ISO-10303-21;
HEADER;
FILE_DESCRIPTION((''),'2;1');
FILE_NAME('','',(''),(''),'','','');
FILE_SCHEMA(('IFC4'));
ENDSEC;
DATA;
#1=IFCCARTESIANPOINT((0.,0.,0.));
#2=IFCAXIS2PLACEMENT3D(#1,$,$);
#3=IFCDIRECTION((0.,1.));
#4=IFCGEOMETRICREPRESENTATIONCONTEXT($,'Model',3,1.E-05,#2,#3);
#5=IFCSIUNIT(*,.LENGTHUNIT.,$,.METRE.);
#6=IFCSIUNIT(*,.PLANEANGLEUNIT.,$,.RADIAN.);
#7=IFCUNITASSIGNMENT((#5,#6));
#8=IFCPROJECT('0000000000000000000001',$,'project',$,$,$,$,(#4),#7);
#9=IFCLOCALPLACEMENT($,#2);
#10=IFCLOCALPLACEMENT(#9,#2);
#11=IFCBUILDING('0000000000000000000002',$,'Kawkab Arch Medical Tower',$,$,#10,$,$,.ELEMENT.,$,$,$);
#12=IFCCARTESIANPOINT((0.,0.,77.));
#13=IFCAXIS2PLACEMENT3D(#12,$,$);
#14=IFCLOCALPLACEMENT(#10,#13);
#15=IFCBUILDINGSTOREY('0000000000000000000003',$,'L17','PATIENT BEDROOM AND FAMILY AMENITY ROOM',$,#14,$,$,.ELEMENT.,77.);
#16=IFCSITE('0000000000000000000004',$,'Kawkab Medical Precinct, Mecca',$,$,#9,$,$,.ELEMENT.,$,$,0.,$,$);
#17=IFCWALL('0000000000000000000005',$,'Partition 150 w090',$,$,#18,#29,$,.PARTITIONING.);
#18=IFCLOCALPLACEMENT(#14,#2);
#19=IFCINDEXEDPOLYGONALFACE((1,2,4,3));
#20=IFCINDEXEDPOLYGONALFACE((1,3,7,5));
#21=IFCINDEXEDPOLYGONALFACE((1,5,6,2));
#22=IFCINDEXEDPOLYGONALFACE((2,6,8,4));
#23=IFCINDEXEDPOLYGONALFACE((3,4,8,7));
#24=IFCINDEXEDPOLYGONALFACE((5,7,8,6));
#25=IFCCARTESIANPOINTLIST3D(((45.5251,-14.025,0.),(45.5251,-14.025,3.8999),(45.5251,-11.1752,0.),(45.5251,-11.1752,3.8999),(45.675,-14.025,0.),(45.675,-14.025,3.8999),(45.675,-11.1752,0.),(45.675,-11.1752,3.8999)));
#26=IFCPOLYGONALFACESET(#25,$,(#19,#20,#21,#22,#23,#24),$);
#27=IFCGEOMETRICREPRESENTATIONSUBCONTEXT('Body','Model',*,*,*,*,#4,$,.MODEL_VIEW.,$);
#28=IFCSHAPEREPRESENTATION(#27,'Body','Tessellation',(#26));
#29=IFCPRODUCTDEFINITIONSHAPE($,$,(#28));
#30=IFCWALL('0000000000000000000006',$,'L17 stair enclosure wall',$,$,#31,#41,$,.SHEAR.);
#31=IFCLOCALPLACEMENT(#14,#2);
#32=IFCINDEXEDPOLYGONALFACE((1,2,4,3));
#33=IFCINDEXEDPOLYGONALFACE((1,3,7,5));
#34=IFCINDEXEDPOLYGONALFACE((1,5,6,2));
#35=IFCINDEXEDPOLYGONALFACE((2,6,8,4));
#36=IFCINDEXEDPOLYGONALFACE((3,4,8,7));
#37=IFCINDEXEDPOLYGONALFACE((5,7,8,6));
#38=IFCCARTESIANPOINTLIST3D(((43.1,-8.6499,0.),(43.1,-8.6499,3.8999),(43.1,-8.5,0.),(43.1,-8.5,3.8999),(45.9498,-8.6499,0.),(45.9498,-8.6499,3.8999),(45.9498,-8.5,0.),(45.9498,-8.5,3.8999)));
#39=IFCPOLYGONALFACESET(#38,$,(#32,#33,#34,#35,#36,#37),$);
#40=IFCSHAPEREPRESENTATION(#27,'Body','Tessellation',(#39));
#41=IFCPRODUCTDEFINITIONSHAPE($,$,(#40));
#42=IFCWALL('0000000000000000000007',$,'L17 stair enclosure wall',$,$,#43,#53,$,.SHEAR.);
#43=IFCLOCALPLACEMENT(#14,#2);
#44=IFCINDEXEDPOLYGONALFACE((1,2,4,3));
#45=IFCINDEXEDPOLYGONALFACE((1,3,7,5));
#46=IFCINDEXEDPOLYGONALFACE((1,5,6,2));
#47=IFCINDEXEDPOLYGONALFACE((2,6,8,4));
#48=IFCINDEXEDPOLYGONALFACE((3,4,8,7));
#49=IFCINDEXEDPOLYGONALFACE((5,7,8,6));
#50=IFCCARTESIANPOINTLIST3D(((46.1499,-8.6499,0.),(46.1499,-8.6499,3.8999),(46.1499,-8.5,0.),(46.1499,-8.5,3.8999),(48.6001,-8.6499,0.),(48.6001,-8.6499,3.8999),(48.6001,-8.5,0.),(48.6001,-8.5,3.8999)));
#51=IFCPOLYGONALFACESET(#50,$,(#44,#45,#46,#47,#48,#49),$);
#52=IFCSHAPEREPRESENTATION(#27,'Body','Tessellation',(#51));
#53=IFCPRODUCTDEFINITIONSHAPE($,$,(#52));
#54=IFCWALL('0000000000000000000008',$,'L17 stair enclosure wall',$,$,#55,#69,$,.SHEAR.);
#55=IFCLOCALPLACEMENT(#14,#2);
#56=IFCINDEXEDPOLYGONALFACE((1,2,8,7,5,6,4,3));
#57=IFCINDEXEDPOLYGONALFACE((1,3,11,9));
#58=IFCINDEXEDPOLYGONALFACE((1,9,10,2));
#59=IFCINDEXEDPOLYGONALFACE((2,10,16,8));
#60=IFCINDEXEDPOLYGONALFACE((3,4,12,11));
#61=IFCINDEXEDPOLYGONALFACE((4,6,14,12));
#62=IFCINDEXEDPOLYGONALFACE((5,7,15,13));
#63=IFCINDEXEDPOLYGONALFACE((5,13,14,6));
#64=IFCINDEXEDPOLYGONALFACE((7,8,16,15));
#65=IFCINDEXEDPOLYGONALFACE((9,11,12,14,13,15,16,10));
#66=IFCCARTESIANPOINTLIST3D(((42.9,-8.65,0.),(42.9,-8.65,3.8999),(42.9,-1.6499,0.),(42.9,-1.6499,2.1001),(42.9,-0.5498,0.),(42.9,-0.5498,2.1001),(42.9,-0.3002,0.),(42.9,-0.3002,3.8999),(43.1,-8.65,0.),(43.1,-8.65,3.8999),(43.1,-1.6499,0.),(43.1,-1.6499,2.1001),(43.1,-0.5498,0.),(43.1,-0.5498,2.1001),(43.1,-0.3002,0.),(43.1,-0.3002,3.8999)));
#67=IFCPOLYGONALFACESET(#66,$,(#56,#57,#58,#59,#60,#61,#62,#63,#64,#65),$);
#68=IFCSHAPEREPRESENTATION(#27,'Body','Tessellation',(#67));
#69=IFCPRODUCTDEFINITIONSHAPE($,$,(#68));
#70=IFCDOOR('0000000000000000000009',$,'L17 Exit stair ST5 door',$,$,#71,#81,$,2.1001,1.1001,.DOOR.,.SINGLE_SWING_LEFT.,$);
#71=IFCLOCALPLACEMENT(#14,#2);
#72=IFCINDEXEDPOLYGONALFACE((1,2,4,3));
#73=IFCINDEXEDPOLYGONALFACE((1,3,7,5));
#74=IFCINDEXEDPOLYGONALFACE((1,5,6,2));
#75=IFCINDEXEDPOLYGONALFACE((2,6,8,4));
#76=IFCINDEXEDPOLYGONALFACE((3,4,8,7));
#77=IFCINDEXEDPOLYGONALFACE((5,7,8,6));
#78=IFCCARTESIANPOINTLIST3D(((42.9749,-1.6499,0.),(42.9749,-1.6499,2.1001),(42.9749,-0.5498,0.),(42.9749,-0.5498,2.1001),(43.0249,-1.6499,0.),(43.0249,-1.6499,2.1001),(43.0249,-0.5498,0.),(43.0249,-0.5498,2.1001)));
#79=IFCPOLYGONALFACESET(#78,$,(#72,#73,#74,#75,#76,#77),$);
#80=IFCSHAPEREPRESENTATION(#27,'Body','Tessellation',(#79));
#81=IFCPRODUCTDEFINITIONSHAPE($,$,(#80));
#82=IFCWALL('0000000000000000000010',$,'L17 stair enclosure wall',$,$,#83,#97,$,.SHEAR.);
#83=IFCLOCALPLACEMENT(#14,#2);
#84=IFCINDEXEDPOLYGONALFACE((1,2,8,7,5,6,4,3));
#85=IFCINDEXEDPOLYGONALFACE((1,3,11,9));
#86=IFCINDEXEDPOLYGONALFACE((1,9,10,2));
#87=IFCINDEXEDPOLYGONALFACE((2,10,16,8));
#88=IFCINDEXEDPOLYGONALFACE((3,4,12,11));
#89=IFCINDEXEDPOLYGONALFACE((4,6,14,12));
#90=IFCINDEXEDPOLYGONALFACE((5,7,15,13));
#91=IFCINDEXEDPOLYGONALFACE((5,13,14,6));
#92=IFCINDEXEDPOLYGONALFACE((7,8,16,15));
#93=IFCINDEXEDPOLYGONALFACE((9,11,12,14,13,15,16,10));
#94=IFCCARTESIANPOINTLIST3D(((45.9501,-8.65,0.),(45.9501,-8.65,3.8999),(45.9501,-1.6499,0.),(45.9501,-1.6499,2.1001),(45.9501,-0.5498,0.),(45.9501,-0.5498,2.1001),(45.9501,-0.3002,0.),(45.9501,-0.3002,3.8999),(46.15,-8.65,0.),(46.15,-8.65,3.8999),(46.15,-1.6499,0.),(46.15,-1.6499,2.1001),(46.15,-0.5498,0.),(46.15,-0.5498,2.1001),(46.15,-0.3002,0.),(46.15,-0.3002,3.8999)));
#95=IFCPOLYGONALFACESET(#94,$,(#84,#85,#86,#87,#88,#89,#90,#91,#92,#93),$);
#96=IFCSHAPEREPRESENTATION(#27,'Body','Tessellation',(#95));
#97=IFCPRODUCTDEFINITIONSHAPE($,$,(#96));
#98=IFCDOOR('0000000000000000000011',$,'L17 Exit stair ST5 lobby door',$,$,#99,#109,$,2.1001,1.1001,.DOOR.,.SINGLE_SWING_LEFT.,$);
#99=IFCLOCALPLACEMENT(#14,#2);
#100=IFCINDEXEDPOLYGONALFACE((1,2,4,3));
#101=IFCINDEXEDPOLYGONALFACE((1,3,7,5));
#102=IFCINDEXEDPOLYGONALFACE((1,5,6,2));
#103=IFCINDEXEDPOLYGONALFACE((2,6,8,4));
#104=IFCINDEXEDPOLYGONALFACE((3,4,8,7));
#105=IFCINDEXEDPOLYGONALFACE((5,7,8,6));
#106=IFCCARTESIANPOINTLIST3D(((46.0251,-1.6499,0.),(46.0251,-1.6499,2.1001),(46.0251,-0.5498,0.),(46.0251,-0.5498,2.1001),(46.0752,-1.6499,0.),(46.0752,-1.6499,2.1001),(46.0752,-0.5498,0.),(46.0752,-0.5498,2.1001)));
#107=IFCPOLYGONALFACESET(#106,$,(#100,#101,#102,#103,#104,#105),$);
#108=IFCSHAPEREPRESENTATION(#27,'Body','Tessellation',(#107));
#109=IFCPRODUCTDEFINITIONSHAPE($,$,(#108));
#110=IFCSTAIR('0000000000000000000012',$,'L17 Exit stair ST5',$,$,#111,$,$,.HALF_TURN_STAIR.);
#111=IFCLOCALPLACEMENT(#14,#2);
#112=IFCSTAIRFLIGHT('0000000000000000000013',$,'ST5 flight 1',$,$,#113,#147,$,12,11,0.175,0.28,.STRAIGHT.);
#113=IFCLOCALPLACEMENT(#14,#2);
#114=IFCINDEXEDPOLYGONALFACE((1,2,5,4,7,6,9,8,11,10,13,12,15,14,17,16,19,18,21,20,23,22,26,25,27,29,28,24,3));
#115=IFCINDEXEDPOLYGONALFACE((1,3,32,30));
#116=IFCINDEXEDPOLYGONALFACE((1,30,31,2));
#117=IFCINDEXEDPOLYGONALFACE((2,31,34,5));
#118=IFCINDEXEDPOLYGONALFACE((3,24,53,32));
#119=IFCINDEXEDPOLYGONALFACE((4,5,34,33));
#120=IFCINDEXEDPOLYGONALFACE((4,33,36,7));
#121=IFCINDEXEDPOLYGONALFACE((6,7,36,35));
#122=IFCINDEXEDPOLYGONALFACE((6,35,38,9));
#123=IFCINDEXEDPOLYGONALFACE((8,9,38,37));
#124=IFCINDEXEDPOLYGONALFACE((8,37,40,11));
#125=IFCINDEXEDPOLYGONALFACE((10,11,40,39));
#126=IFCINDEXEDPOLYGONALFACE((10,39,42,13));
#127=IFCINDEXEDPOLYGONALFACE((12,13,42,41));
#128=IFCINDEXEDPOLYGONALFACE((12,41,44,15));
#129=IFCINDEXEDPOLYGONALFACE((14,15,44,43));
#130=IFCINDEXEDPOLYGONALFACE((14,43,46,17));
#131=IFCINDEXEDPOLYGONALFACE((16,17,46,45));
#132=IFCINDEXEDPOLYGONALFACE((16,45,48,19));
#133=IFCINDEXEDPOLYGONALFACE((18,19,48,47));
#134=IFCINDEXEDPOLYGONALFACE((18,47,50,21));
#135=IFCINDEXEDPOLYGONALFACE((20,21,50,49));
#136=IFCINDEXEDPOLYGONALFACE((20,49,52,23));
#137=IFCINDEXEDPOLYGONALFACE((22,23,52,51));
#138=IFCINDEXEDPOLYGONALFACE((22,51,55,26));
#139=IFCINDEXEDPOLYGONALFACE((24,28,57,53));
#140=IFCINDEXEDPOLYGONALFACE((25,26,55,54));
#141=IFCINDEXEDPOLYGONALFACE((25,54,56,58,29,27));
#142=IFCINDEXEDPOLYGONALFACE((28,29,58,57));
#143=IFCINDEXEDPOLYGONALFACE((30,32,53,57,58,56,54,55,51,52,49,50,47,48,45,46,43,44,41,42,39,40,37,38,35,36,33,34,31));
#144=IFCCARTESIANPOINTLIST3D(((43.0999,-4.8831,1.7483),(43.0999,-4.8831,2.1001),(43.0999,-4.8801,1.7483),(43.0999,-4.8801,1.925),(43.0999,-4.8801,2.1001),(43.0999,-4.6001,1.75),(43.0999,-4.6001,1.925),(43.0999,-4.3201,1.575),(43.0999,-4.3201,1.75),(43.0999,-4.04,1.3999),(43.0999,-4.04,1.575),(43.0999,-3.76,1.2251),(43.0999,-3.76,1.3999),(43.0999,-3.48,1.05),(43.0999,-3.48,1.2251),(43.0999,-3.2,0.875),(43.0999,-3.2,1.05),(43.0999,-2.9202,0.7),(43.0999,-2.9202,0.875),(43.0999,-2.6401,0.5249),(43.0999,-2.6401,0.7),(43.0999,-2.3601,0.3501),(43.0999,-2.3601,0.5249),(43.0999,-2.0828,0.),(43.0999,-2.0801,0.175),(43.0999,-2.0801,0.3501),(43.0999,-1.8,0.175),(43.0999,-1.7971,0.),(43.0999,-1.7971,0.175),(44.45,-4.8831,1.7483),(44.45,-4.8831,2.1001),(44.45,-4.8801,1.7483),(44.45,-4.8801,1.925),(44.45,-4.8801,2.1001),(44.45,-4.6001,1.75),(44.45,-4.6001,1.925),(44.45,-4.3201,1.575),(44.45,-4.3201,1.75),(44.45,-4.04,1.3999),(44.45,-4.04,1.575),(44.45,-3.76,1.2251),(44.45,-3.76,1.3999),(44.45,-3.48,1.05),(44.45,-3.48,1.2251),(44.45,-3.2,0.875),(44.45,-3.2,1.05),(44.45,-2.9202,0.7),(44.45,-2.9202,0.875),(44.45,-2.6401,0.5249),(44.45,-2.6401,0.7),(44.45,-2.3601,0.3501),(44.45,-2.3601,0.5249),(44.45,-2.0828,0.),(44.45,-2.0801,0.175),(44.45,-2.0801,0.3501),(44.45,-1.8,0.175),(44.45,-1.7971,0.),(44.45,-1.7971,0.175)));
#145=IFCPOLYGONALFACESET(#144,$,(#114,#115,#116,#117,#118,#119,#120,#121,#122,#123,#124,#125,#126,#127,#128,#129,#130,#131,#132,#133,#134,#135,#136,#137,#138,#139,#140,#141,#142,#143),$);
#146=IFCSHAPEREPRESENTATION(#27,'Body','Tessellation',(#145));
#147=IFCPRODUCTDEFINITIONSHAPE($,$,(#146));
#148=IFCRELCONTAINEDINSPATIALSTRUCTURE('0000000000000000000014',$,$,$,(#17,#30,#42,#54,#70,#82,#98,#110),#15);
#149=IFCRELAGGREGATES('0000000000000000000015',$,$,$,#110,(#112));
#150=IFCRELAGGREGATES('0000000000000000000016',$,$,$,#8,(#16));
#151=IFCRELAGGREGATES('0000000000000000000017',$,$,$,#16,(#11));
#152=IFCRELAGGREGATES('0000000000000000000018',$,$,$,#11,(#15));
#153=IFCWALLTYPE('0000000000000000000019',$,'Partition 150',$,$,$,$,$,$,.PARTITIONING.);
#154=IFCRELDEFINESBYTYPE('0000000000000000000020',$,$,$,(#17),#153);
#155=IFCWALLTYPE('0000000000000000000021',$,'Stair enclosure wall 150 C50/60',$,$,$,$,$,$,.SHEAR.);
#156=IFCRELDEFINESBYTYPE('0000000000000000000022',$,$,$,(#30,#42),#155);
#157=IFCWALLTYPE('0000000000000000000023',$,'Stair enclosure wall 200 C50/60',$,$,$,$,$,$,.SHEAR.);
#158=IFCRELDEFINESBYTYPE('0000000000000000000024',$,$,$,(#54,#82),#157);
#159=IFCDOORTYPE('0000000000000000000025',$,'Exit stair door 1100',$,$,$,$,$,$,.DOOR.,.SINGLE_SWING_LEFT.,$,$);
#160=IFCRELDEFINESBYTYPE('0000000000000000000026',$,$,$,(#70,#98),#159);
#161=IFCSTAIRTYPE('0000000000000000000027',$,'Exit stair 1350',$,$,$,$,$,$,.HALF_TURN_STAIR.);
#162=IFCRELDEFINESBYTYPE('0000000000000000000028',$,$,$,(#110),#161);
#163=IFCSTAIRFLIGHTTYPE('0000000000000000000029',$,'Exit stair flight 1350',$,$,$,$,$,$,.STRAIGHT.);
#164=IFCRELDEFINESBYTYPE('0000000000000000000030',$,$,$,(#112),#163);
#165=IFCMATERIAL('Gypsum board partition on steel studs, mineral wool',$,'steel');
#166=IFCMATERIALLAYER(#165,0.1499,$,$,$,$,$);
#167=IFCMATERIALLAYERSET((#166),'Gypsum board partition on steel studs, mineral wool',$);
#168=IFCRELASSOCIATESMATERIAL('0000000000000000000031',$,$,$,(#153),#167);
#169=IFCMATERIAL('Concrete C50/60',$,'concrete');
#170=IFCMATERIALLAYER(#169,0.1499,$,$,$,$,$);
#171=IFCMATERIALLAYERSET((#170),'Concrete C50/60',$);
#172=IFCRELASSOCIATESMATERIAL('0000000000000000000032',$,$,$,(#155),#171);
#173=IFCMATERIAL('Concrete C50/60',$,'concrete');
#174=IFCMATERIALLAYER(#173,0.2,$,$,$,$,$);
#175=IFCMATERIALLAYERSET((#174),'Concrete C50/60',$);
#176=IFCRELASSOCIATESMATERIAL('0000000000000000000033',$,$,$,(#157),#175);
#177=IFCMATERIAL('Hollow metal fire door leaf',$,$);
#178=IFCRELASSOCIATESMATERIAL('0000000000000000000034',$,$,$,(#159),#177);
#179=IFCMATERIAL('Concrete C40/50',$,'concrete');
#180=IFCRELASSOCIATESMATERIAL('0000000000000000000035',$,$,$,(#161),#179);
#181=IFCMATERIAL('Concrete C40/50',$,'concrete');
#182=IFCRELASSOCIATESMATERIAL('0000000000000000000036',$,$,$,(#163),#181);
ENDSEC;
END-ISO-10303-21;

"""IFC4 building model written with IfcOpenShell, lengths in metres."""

from ifc_helpers import new_model, si_unit, direction, frame, frame_2d, origin, place, context, subcontext, project, spatial, polyline, rectangle, outline, extrude, material, layer, layer_set, type_object, element, fill, aggregate, save


model = new_model("IFC4")

# Units and contexts
model_context = context("Model", 3, precision=1e-05, world=origin(), true_north=direction((0.0, 1.0)))
body_context = subcontext(model_context, "Body", "Model", "MODEL_VIEW")
ifc_project = project(units=[si_unit("LENGTHUNIT", "METRE"), si_unit("PLANEANGLEUNIT", "RADIAN")], contexts=[model_context])

# Site, building, storey
site_placement = place(None, origin())
site = spatial("IfcSite", under=ifc_project, at=site_placement, Name="Kawkab Medical Precinct, Mecca", CompositionType="ELEMENT", RefElevation=0.0)
building_placement = place(site_placement, origin())
building = spatial("IfcBuilding", under=site, at=building_placement, Name="Kawkab Arch Medical Tower", CompositionType="ELEMENT")
storey_placement = place(building_placement, frame((0.0, 0.0, 77.0)))
storey = spatial("IfcBuildingStorey", under=building, at=storey_placement, Name="L17", Description="PATIENT BEDROOM AND FAMILY AMENITY ROOM", CompositionType="ELEMENT", Elevation=77.0)

# Shared definitions
ifc_material_1 = material(Name="Gypsum board partition on steel studs, mineral wool", Category="steel")
ifc_layer_1 = layer(ifc_material_1, 0.1499)
ifc_layer_set_1 = layer_set([ifc_layer_1], Name="Gypsum board partition on steel studs, mineral wool")
wall_type_1 = type_object("IfcWallType", Name="Partition 150", PredefinedType="PARTITIONING", material=ifc_layer_set_1)

# Walls
wall_1_placement = place(storey_placement, frame((45.6001, -14.0249, 0.0), z_axis=(0.0, 0.0, 1.0), x_axis=(0.0, 1.0, 0.0)))
element("IfcWall", 1, at=wall_1_placement, inside=storey, type_object=wall_type_1, Name="Partition 150 w090", PredefinedType="PARTITIONING", context=body_context, shape_type="SweptSolid", body=[
    extrude(rectangle(XDim=2.8499, YDim=0.1499, at=frame_2d((1.4248, 0.0))), origin(), (0.0, 0.0, 1.0), 3.8999),
])
ifc_material_2 = material(Name="Concrete C50/60", Category="concrete")
ifc_layer_2 = layer(ifc_material_2, 0.1499)
ifc_layer_set_2 = layer_set([ifc_layer_2], Name="Concrete C50/60")
wall_type_2 = type_object("IfcWallType", Name="Stair enclosure wall 150 C50/60", PredefinedType="SHEAR", material=ifc_layer_set_2)
wall_2_placement = place(storey_placement, frame((43.1001, -8.575, 0.0), z_axis=(0.0, 0.0, 1.0), x_axis=(1.0, 0.0, 0.0)))
element("IfcWall", 2, at=wall_2_placement, inside=storey, type_object=wall_type_2, Name="L17 stair enclosure wall", PredefinedType="SHEAR", context=body_context, shape_type="SweptSolid", body=[
    extrude(rectangle(XDim=2.8499, YDim=0.1499, at=frame_2d((1.4248, 0.0))), origin(), (0.0, 0.0, 1.0), 3.8999),
])
wall_3_placement = place(storey_placement, frame((46.1499, -8.575, 0.0), z_axis=(0.0, 0.0, 1.0), x_axis=(1.0, 0.0, 0.0)))
element("IfcWall", 3, at=wall_3_placement, inside=storey, type_object=wall_type_2, Name="L17 stair enclosure wall", PredefinedType="SHEAR", context=body_context, shape_type="SweptSolid", body=[
    extrude(rectangle(XDim=2.4502, YDim=0.1499, at=frame_2d((1.2251, 0.0))), origin(), (0.0, 0.0, 1.0), 3.8999),
])

# Walls, openings, doors
ifc_material_3 = material(Name="Concrete C50/60", Category="concrete")
ifc_layer_3 = layer(ifc_material_3, 0.2)
ifc_layer_set_3 = layer_set([ifc_layer_3], Name="Concrete C50/60")
wall_type_3 = type_object("IfcWallType", Name="Stair enclosure wall 200 C50/60", PredefinedType="SHEAR", material=ifc_layer_set_3)
wall_4_placement = place(storey_placement, frame((43.0, -8.6499, 0.0), z_axis=(0.0, 0.0, 1.0), x_axis=(0.0, 1.0, 0.0)))
wall_4 = element("IfcWall", 4, at=wall_4_placement, inside=storey, type_object=wall_type_3, Name="L17 stair enclosure wall", PredefinedType="SHEAR", context=body_context, shape_type="SweptSolid", body=[
    extrude(rectangle(XDim=8.3499, YDim=0.2, at=frame_2d((4.1748, 0.0))), origin(), (0.0, 0.0, 1.0), 3.8999),
])
opening_1_placement = place(wall_4_placement, frame((7.0, 0.0, 0.0)))
opening_1 = element("IfcOpeningElement", 5, at=opening_1_placement, cuts=wall_4, PredefinedType="OPENING", context=body_context, shape_type="SweptSolid", body=[
    extrude(rectangle(XDim=1.1001, YDim=2.1001, at=frame_2d((0.55, 1.05))), frame((0.0, 0.1099, 0.0), z_axis=(0.0, -1.0, 0.0), x_axis=(1.0, 0.0, 0.0)), (0.0, 0.0, 1.0), 0.22),
])
ifc_material_4 = material(Name="Hollow metal fire door leaf")
door_type_1 = type_object("IfcDoorType", Name="Exit stair door 1100", OperationType="SINGLE_SWING_LEFT", PredefinedType="DOOR", material=ifc_material_4)
door_1_placement = place(opening_1_placement, frame((1.1001, 0.0, 0.0), z_axis=(0.0, 0.0, 1.0), x_axis=(-1.0, 0.0, 0.0)))
door_1 = element("IfcDoor", 6, at=door_1_placement, inside=storey, type_object=door_type_1, Name="L17 Exit stair ST5 door", OperationType="SINGLE_SWING_LEFT", OverallHeight=2.1001, OverallWidth=1.1001, PredefinedType="DOOR", context=body_context, shape_type="SweptSolid", body=[
    extrude(rectangle(XDim=1.1001, YDim=2.1001, at=frame_2d((0.55, 1.05))), frame((0.0, 0.0249, 0.0), z_axis=(0.0, -1.0, 0.0), x_axis=(1.0, 0.0, 0.0)), (0.0, 0.0, 1.0), 0.05),
])
fill(opening_1, door_1)
wall_5_placement = place(storey_placement, frame((46.05, -8.6499, 0.0), z_axis=(0.0, 0.0, 1.0), x_axis=(0.0, 1.0, 0.0)))
wall_5 = element("IfcWall", 7, at=wall_5_placement, inside=storey, type_object=wall_type_3, Name="L17 stair enclosure wall", PredefinedType="SHEAR", context=body_context, shape_type="SweptSolid", body=[
    extrude(rectangle(XDim=8.3499, YDim=0.2, at=frame_2d((4.1748, 0.0))), origin(), (0.0, 0.0, 1.0), 3.8999),
])
opening_2_placement = place(wall_5_placement, frame((7.0, 0.0, 0.0)))
opening_2 = element("IfcOpeningElement", 8, at=opening_2_placement, cuts=wall_5, PredefinedType="OPENING", context=body_context, shape_type="SweptSolid", body=[
    extrude(rectangle(XDim=1.1001, YDim=2.1001, at=frame_2d((0.55, 1.05))), frame((0.0, 0.1099, 0.0), z_axis=(0.0, -1.0, 0.0), x_axis=(1.0, 0.0, 0.0)), (0.0, 0.0, 1.0), 0.22),
])
door_2_placement = place(opening_2_placement, origin())
door_2 = element("IfcDoor", 9, at=door_2_placement, inside=storey, type_object=door_type_1, Name="L17 Exit stair ST5 lobby door", OperationType="SINGLE_SWING_LEFT", OverallHeight=2.1001, OverallWidth=1.1001, PredefinedType="DOOR", context=body_context, shape_type="SweptSolid", body=[
    extrude(rectangle(XDim=1.1001, YDim=2.1001, at=frame_2d((0.55, 1.05))), frame((0.0, 0.0249, 0.0), z_axis=(0.0, -1.0, 0.0), x_axis=(1.0, 0.0, 0.0)), (0.0, 0.0, 1.0), 0.05),
])
fill(opening_2, door_2)

# Stair, stair flight
ifc_material_5 = material(Name="Concrete C40/50", Category="concrete")
stair_type = type_object("IfcStairType", Name="Exit stair 1350", PredefinedType="HALF_TURN_STAIR", material=ifc_material_5)
stair_placement = place(storey_placement, origin())
stair = element("IfcStair", 10, at=stair_placement, inside=storey, type_object=stair_type, Name="L17 Exit stair ST5", PredefinedType="HALF_TURN_STAIR")
ifc_material_6 = material(Name="Concrete C40/50", Category="concrete")
stair_flight_type = type_object("IfcStairFlightType", Name="Exit stair flight 1350", PredefinedType="STRAIGHT", material=ifc_material_6)
stair_flight_1_placement = place(storey_placement, frame((43.7749, -1.8, 0.0), z_axis=(0.0, 0.0, 1.0), x_axis=(0.0, -1.0, 0.0)))
stair_flight_1 = element("IfcStairFlight", 11, at=stair_flight_1_placement, type_object=stair_flight_type, Name="ST5 flight 1", NumberOfRisers=12, NumberOfTreads=11, PredefinedType="STRAIGHT", RiserHeight=0.175, TreadLength=0.28, context=body_context, shape_type="SweptSolid", body=[
    extrude(outline(polyline([(-0.0029, 0.0), (-0.0029, 0.175), (0.0, 0.175), (0.28, 0.175), (0.28, 0.3501), (0.5601, 0.3501), (0.5601, 0.5249), (0.8401, 0.5249), (0.8401, 0.7), (1.1201, 0.7), (1.1201, 0.875), (1.3999, 0.875), (1.3999, 1.05), (1.6799, 1.05), (1.6799, 1.2251), (1.96, 1.2251), (1.96, 1.3999), (2.24, 1.3999), (2.24, 1.575), (2.52, 1.575), (2.52, 1.75), (2.8, 1.75), (2.8, 1.925), (3.0801, 1.925), (3.0801, 2.1001), (3.083, 2.1001), (3.083, 1.7483), (3.0801, 1.7483), (0.2827, 0.0), (-0.0029, 0.0)])), frame((0.0, 0.675, 0.0), z_axis=(0.0, -1.0, 0.0), x_axis=(1.0, 0.0, 0.0)), (0.0, 0.0, 1.0), 1.3501),
])
aggregate(stair, [stair_flight_1])

save(model, "model.ifc")
